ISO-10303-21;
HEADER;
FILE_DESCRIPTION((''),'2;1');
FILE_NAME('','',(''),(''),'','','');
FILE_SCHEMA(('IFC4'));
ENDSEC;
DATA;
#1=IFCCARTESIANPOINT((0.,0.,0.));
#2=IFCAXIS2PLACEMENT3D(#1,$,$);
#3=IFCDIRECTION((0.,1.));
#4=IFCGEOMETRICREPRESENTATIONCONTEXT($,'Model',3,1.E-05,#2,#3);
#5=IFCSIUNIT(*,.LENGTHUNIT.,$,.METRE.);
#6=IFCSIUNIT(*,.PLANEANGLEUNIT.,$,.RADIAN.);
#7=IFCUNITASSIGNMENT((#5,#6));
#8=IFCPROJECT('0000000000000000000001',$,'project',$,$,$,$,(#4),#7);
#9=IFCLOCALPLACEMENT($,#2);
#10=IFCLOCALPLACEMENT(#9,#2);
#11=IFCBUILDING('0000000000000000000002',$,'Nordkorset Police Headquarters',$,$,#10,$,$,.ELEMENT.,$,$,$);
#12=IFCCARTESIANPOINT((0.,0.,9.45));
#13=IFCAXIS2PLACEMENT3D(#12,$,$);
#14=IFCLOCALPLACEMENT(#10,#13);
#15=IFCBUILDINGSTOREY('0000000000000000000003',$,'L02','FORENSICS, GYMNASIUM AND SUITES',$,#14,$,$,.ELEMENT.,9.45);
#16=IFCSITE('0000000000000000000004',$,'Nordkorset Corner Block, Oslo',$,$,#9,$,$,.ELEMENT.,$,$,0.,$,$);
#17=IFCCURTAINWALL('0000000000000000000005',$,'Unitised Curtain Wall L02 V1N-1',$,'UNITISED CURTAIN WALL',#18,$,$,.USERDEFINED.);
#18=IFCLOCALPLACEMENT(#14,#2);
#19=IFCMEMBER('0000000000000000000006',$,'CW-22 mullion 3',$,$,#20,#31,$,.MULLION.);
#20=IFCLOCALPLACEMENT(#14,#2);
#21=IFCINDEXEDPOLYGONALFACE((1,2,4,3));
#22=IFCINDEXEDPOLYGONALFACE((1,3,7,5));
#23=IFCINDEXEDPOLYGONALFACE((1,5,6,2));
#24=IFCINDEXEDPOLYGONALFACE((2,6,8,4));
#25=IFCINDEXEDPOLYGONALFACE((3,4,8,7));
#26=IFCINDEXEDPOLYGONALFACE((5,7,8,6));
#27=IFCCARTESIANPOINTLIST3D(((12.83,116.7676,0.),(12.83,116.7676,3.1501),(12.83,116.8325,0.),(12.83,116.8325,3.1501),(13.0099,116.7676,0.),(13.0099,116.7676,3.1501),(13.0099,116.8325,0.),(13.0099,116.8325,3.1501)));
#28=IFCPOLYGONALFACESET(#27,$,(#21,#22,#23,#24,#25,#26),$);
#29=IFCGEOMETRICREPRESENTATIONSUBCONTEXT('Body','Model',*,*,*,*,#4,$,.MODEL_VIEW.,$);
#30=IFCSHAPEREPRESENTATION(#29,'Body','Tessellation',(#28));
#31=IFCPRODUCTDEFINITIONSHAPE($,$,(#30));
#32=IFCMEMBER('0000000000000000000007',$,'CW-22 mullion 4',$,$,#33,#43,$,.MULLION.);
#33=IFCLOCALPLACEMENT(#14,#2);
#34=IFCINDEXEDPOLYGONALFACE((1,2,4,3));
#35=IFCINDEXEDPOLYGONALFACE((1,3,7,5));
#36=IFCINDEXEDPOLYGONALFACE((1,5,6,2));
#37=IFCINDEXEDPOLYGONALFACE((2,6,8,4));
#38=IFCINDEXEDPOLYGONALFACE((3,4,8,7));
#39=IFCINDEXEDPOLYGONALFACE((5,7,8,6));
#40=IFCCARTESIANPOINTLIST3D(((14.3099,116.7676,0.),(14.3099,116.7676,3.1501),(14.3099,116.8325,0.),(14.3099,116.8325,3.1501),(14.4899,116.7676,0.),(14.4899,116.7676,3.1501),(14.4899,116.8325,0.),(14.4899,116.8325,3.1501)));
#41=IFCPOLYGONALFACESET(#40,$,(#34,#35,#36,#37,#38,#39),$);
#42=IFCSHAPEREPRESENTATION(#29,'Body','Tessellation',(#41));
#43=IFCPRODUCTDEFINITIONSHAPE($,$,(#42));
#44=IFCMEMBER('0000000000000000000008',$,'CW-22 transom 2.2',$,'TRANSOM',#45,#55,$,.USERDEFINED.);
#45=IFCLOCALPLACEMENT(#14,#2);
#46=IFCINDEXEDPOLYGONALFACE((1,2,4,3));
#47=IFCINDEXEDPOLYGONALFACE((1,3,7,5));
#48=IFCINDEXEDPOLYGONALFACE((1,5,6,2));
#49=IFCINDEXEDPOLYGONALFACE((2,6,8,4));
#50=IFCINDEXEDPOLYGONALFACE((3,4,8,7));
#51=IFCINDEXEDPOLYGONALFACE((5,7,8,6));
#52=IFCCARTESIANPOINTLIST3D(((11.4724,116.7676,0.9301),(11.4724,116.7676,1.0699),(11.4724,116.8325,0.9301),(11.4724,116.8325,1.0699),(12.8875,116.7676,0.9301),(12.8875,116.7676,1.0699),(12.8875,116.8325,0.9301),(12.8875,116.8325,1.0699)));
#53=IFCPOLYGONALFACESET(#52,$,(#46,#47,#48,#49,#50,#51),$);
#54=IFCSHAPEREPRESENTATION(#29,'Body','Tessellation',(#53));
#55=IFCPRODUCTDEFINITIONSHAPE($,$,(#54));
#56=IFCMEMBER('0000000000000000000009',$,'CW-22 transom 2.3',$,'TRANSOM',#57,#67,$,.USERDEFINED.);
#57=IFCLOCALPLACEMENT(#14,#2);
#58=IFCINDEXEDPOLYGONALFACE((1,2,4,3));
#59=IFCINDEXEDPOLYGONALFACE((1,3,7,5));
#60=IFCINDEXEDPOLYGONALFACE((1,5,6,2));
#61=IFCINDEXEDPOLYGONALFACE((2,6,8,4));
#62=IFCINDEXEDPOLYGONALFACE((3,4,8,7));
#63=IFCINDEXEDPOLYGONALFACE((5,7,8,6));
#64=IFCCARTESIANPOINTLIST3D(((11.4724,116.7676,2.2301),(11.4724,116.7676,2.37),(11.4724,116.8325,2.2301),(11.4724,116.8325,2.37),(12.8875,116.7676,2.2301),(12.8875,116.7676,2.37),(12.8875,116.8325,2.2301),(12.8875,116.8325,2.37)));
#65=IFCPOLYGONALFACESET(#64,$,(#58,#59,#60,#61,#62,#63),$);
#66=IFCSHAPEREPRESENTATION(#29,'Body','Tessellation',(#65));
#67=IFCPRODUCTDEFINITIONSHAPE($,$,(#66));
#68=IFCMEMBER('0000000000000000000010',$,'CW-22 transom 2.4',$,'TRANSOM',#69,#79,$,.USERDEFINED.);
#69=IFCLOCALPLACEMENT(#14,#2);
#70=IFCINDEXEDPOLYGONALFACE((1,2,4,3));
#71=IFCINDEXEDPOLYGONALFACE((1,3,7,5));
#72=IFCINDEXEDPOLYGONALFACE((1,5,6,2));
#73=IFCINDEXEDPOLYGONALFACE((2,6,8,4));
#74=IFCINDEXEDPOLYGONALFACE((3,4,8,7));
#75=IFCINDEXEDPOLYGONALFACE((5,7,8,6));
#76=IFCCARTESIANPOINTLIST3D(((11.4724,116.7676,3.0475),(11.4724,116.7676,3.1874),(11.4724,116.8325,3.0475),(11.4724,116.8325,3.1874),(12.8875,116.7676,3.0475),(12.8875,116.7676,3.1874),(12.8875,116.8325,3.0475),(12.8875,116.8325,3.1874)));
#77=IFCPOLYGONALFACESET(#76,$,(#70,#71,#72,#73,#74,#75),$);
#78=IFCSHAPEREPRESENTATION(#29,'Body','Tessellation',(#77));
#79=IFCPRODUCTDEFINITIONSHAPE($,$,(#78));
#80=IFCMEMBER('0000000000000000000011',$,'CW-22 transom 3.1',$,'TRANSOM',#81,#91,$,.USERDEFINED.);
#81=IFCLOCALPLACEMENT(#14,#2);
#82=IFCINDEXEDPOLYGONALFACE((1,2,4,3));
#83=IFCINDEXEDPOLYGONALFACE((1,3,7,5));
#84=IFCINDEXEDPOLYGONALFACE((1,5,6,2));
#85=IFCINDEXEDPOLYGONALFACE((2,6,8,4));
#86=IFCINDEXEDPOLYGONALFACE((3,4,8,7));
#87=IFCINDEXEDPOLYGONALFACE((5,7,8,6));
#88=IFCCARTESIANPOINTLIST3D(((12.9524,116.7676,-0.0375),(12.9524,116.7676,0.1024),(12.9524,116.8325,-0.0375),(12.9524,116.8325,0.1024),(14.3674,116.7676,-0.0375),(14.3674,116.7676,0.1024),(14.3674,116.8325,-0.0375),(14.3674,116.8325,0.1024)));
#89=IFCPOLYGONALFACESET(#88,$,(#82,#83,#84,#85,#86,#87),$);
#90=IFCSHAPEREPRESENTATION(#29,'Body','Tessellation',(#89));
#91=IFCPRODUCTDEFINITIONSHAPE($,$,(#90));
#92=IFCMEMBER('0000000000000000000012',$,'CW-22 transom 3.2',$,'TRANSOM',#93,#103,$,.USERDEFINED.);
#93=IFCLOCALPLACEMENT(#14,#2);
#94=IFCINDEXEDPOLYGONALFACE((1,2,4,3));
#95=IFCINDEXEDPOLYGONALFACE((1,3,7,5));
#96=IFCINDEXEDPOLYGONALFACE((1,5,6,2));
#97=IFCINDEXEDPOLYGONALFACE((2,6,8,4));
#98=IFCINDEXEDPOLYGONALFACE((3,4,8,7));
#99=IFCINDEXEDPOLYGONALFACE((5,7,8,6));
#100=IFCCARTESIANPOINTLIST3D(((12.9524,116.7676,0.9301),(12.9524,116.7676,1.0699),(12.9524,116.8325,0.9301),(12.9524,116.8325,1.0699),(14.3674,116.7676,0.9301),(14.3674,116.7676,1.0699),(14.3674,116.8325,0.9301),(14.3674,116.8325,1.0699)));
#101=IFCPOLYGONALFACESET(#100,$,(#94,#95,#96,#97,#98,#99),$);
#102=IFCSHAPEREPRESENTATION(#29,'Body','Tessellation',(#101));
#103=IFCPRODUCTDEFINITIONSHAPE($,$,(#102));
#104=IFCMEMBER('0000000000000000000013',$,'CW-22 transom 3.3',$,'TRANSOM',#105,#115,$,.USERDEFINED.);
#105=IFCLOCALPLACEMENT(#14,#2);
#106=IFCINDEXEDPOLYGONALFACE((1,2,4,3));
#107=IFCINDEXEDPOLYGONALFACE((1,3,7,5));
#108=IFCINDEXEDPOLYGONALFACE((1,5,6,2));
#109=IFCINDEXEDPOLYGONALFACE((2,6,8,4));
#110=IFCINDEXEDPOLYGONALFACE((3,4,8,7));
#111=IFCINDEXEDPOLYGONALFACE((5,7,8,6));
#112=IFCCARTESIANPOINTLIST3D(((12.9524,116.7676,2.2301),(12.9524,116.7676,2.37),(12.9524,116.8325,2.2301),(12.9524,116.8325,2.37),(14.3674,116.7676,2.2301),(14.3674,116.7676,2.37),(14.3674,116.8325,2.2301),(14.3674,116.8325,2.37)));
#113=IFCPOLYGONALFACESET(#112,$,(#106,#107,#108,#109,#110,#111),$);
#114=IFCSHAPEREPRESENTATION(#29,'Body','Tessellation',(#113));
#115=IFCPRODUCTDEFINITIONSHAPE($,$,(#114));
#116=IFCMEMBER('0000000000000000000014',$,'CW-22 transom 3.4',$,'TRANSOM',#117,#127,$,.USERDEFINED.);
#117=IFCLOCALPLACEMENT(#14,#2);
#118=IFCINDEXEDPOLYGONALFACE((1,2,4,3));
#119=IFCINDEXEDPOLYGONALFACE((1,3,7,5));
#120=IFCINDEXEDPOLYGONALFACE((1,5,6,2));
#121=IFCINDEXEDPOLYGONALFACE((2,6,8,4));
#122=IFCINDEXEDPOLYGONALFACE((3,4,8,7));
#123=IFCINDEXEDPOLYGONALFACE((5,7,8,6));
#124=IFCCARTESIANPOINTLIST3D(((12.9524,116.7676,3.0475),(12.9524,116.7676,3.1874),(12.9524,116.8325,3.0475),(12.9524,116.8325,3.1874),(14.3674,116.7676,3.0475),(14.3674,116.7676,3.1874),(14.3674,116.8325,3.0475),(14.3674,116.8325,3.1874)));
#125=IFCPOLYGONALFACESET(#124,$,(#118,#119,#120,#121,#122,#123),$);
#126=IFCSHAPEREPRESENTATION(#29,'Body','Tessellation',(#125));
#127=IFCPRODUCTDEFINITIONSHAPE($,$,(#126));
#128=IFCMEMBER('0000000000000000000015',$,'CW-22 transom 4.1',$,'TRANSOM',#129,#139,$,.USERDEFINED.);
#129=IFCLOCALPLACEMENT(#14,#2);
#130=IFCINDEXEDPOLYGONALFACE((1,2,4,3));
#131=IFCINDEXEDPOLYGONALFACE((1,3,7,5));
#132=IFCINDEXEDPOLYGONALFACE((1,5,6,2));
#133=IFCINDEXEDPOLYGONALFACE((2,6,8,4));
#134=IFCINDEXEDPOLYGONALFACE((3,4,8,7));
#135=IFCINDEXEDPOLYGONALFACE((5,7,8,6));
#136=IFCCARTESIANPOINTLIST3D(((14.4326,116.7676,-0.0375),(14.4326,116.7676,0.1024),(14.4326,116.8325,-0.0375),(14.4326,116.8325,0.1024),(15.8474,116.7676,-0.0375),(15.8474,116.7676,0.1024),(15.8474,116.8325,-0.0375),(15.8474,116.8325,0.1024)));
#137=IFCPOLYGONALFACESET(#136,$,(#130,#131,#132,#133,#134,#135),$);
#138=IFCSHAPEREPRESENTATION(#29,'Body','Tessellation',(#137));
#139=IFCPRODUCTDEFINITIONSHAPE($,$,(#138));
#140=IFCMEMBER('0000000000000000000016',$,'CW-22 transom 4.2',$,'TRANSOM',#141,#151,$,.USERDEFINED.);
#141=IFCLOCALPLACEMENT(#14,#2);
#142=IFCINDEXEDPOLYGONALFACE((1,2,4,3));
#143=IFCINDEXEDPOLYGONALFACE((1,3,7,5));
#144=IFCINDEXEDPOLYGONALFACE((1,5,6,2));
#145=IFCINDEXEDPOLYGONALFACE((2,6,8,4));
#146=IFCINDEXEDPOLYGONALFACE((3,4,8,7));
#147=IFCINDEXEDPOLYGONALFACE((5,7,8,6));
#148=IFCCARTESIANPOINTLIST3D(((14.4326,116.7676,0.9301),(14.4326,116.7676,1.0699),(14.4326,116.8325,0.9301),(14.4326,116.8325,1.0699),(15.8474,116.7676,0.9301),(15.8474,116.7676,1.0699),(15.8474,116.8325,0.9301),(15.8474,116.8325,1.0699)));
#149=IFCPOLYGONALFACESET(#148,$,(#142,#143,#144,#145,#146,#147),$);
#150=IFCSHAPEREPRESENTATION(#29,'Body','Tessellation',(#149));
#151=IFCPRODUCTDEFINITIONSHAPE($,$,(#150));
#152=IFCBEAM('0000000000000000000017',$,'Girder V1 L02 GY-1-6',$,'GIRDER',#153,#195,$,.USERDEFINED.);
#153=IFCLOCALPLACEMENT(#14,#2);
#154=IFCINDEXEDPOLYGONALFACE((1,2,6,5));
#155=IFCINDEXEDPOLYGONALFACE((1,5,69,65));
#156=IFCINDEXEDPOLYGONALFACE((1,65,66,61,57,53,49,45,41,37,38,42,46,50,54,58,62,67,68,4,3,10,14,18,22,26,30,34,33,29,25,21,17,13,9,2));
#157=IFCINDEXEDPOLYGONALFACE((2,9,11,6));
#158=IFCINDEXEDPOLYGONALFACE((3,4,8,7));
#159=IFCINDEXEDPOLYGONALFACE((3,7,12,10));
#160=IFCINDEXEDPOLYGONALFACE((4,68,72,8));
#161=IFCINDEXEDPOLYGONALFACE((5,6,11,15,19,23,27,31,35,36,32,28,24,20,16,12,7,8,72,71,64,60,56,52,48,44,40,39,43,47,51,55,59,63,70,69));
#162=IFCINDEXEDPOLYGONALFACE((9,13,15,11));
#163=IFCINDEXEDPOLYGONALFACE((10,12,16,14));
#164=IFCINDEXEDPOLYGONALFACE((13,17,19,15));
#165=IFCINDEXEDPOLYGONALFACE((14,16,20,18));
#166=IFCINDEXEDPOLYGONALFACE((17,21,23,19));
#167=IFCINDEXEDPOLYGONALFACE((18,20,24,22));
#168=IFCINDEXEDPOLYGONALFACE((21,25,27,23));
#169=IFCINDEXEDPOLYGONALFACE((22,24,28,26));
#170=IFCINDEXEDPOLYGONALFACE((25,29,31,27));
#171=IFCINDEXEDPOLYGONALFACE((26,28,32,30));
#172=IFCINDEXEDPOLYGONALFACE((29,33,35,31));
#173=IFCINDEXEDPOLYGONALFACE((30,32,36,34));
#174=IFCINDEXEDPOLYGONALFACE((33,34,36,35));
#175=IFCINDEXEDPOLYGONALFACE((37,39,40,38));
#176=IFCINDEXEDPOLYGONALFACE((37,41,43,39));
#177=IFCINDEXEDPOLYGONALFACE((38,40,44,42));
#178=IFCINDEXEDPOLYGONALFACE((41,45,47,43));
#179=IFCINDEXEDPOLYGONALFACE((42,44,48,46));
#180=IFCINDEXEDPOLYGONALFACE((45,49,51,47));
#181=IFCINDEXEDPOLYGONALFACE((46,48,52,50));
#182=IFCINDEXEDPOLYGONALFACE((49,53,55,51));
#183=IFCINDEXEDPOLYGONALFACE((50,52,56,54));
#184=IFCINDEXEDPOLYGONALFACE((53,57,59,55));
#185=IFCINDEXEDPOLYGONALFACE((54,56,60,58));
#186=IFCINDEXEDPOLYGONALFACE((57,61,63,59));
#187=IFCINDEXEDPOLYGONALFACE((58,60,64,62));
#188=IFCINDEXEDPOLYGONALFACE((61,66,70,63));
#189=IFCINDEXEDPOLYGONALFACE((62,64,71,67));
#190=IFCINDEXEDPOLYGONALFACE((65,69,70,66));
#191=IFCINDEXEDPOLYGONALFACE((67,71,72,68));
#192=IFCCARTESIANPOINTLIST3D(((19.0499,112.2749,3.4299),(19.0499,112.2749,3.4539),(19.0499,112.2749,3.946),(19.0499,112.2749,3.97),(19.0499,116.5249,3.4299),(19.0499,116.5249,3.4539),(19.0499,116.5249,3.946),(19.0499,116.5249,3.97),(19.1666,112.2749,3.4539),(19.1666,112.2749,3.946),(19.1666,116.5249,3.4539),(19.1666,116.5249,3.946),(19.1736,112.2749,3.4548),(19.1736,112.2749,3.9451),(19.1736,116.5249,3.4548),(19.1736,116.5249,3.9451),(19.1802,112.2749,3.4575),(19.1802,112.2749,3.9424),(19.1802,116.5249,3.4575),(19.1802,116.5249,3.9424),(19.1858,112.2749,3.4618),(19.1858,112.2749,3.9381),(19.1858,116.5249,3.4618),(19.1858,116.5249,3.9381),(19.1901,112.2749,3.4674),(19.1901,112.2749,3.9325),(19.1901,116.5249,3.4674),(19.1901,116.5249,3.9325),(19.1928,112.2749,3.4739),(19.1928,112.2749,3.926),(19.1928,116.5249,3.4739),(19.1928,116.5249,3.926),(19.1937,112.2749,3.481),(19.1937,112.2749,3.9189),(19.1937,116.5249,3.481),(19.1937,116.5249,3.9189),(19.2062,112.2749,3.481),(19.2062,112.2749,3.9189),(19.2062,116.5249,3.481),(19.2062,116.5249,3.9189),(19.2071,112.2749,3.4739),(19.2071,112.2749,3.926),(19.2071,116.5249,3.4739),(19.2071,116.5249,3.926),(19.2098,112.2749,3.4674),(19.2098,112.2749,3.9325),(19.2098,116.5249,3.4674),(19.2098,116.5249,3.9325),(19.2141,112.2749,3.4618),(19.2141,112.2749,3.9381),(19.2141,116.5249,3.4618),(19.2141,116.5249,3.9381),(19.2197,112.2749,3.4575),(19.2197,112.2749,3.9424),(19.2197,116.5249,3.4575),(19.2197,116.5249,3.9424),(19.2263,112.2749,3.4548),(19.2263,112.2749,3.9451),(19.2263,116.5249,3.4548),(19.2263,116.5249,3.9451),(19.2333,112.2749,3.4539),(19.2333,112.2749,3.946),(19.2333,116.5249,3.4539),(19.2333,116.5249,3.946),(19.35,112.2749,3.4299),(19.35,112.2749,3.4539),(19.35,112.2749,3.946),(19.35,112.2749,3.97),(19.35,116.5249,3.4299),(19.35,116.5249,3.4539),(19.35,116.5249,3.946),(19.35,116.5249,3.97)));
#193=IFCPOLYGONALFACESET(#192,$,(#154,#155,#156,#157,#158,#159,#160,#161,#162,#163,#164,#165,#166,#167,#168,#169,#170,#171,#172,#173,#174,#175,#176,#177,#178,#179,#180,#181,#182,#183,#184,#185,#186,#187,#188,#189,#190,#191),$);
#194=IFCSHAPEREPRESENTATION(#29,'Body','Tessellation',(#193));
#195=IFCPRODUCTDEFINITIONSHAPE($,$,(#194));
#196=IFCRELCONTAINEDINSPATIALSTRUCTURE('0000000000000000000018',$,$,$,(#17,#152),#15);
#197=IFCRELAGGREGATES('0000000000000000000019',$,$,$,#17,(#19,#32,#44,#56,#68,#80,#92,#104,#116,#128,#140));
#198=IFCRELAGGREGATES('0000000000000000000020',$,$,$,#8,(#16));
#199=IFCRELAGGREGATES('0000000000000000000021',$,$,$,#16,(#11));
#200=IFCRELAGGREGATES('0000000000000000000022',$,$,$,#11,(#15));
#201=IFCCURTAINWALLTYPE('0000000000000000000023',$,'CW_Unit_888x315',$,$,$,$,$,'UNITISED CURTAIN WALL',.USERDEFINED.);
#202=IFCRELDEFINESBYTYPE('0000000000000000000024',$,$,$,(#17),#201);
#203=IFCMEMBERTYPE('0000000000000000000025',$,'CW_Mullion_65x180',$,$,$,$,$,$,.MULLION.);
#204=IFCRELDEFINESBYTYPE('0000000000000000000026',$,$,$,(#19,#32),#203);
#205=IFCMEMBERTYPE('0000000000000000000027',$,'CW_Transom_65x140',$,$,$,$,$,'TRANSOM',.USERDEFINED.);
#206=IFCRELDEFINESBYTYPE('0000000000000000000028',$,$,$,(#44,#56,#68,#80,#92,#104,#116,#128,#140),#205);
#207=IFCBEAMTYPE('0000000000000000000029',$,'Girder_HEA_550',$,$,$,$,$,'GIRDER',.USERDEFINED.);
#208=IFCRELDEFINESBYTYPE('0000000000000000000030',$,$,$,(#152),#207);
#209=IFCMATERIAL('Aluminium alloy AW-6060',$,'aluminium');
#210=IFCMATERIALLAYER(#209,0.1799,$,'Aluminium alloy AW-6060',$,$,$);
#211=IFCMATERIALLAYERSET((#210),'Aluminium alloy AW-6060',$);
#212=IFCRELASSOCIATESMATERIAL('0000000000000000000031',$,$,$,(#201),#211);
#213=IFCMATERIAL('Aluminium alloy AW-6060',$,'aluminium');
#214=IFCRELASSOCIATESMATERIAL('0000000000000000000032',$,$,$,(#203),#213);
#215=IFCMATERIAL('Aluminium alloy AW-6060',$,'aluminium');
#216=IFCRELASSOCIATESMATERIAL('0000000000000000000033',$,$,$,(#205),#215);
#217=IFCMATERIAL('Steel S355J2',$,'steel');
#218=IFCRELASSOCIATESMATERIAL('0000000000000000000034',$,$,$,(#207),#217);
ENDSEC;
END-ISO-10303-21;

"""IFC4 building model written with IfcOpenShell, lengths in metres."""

from ifc_helpers import new_model, si_unit, direction, frame, origin, origin_2d, place, context, subcontext, project, spatial, rectangle, i_section, extrude, material, layer, layer_set, material_profile, profile_set, type_object, element, aggregate, save


model = new_model("IFC4")

# Units and contexts
model_context = context("Model", 3, precision=1e-05, world=origin(), true_north=direction((0.0, 1.0)))
body_context = subcontext(model_context, "Body", "Model", "MODEL_VIEW")
ifc_project = project(units=[si_unit("LENGTHUNIT", "METRE"), si_unit("PLANEANGLEUNIT", "RADIAN")], contexts=[model_context])

# Site, building, storey
site_placement = place(None, origin())
site = spatial("IfcSite", under=ifc_project, at=site_placement, Name="Nordkorset Corner Block, Oslo", CompositionType="ELEMENT", RefElevation=0.0)
building_placement = place(site_placement, origin())
building = spatial("IfcBuilding", under=site, at=building_placement, Name="Nordkorset Police Headquarters", CompositionType="ELEMENT")
storey_placement = place(building_placement, frame((0.0, 0.0, 9.45)))
storey = spatial("IfcBuildingStorey", under=building, at=storey_placement, Name="L02", Description="FORENSICS, GYMNASIUM AND SUITES", CompositionType="ELEMENT", Elevation=9.45)

# Curtain wall, members
ifc_material_1 = material(Name="Aluminium alloy AW-6060", Category="aluminium")
ifc_layer_1 = layer(ifc_material_1, 0.1799, Name="Aluminium alloy AW-6060")
ifc_layer_set_1 = layer_set([ifc_layer_1], Name="Aluminium alloy AW-6060")
curtain_wall_type = type_object("IfcCurtainWallType", Name="CW_Unit_888x315", ElementType="UNITISED CURTAIN WALL", PredefinedType="USERDEFINED", material=ifc_layer_set_1)
curtain_wall_placement = place(storey_placement, origin())
curtain_wall = element("IfcCurtainWall", 1, at=curtain_wall_placement, inside=storey, type_object=curtain_wall_type, Name="Unitised Curtain Wall L02 V1N-1", ObjectType="UNITISED CURTAIN WALL", PredefinedType="USERDEFINED")
ifc_material_2 = material(Name="Aluminium alloy AW-6060", Category="aluminium")
ifc_material_profile_1 = material_profile(ifc_material_2, rectangle(XDim=0.0649, YDim=0.1799, at=origin_2d()), Name="ALU MULL 65x180")
ifc_profile_set_1 = profile_set([ifc_material_profile_1], Name="Aluminium alloy AW-6060")
member_type_1 = type_object("IfcMemberType", Name="CW_Mullion_65x180", PredefinedType="MULLION", material=ifc_profile_set_1)
member_1_placement = place(storey_placement, frame((12.9199, 116.8, 0.0), z_axis=(0.0, 0.0, 1.0), x_axis=(0.0, 1.0, 0.0)))
member_1 = element("IfcMember", 2, at=member_1_placement, type_object=member_type_1, Name="CW-22 mullion 3", PredefinedType="MULLION", context=body_context, shape_type="SweptSolid", body=[
    extrude(rectangle(XDim=0.0649, YDim=0.1799, at=origin_2d()), origin(), (0.0, 0.0, 1.0), 3.1501),
])
member_2_placement = place(storey_placement, frame((14.3999, 116.8, 0.0), z_axis=(0.0, 0.0, 1.0), x_axis=(0.0, 1.0, 0.0)))
member_2 = element("IfcMember", 3, at=member_2_placement, type_object=member_type_1, Name="CW-22 mullion 4", PredefinedType="MULLION", context=body_context, shape_type="SweptSolid", body=[
    extrude(rectangle(XDim=0.0649, YDim=0.1799, at=origin_2d()), origin(), (0.0, 0.0, 1.0), 3.1501),
])
ifc_material_3 = material(Name="Aluminium alloy AW-6060", Category="aluminium")
ifc_material_profile_2 = material_profile(ifc_material_3, rectangle(XDim=0.0649, YDim=0.1399, at=origin_2d()), Name="ALU TRAN 65x140")
ifc_profile_set_2 = profile_set([ifc_material_profile_2], Name="Aluminium alloy AW-6060")
member_type_2 = type_object("IfcMemberType", Name="CW_Transom_65x140", ElementType="TRANSOM", PredefinedType="USERDEFINED", material=ifc_profile_set_2)
member_3_placement = place(storey_placement, frame((11.4724, 116.8, 1.0), z_axis=(1.0, 0.0, 0.0), x_axis=(0.0, 1.0, 0.0)))
member_3 = element("IfcMember", 4, at=member_3_placement, type_object=member_type_2, Name="CW-22 transom 2.2", ObjectType="TRANSOM", PredefinedType="USERDEFINED", context=body_context, shape_type="SweptSolid", body=[
    extrude(rectangle(XDim=0.0649, YDim=0.1399, at=origin_2d()), origin(), (0.0, 0.0, 1.0), 1.415),
])
member_4_placement = place(storey_placement, frame((11.4724, 116.8, 2.3), z_axis=(1.0, 0.0, 0.0), x_axis=(0.0, 1.0, 0.0)))
member_4 = element("IfcMember", 5, at=member_4_placement, type_object=member_type_2, Name="CW-22 transom 2.3", ObjectType="TRANSOM", PredefinedType="USERDEFINED", context=body_context, shape_type="SweptSolid", body=[
    extrude(rectangle(XDim=0.0649, YDim=0.1399, at=origin_2d()), origin(), (0.0, 0.0, 1.0), 1.415),
])
member_5_placement = place(storey_placement, frame((11.4724, 116.8, 3.1174), z_axis=(1.0, 0.0, 0.0), x_axis=(0.0, 1.0, 0.0)))
member_5 = element("IfcMember", 6, at=member_5_placement, type_object=member_type_2, Name="CW-22 transom 2.4", ObjectType="TRANSOM", PredefinedType="USERDEFINED", context=body_context, shape_type="SweptSolid", body=[
    extrude(rectangle(XDim=0.0649, YDim=0.1399, at=origin_2d()), origin(), (0.0, 0.0, 1.0), 1.415),
])
member_6_placement = place(storey_placement, frame((12.9524, 116.8, 0.0325), z_axis=(1.0, 0.0, 0.0), x_axis=(0.0, 1.0, 0.0)))
member_6 = element("IfcMember", 7, at=member_6_placement, type_object=member_type_2, Name="CW-22 transom 3.1", ObjectType="TRANSOM", PredefinedType="USERDEFINED", context=body_context, shape_type="SweptSolid", body=[
    extrude(rectangle(XDim=0.0649, YDim=0.1399, at=origin_2d()), origin(), (0.0, 0.0, 1.0), 1.415),
])
member_7_placement = place(storey_placement, frame((12.9524, 116.8, 1.0), z_axis=(1.0, 0.0, 0.0), x_axis=(0.0, 1.0, 0.0)))
member_7 = element("IfcMember", 8, at=member_7_placement, type_object=member_type_2, Name="CW-22 transom 3.2", ObjectType="TRANSOM", PredefinedType="USERDEFINED", context=body_context, shape_type="SweptSolid", body=[
    extrude(rectangle(XDim=0.0649, YDim=0.1399, at=origin_2d()), origin(), (0.0, 0.0, 1.0), 1.415),
])
member_8_placement = place(storey_placement, frame((12.9524, 116.8, 2.3), z_axis=(1.0, 0.0, 0.0), x_axis=(0.0, 1.0, 0.0)))
member_8 = element("IfcMember", 9, at=member_8_placement, type_object=member_type_2, Name="CW-22 transom 3.3", ObjectType="TRANSOM", PredefinedType="USERDEFINED", context=body_context, shape_type="SweptSolid", body=[
    extrude(rectangle(XDim=0.0649, YDim=0.1399, at=origin_2d()), origin(), (0.0, 0.0, 1.0), 1.415),
])
member_9_placement = place(storey_placement, frame((12.9524, 116.8, 3.1174), z_axis=(1.0, 0.0, 0.0), x_axis=(0.0, 1.0, 0.0)))
member_9 = element("IfcMember", 10, at=member_9_placement, type_object=member_type_2, Name="CW-22 transom 3.4", ObjectType="TRANSOM", PredefinedType="USERDEFINED", context=body_context, shape_type="SweptSolid", body=[
    extrude(rectangle(XDim=0.0649, YDim=0.1399, at=origin_2d()), origin(), (0.0, 0.0, 1.0), 1.415),
])
member_10_placement = place(storey_placement, frame((14.4326, 116.8, 0.0325), z_axis=(1.0, 0.0, 0.0), x_axis=(0.0, 1.0, 0.0)))
member_10 = element("IfcMember", 11, at=member_10_placement, type_object=member_type_2, Name="CW-22 transom 4.1", ObjectType="TRANSOM", PredefinedType="USERDEFINED", context=body_context, shape_type="SweptSolid", body=[
    extrude(rectangle(XDim=0.0649, YDim=0.1399, at=origin_2d()), origin(), (0.0, 0.0, 1.0), 1.4148),
])
member_11_placement = place(storey_placement, frame((14.4326, 116.8, 1.0), z_axis=(1.0, 0.0, 0.0), x_axis=(0.0, 1.0, 0.0)))
member_11 = element("IfcMember", 12, at=member_11_placement, type_object=member_type_2, Name="CW-22 transom 4.2", ObjectType="TRANSOM", PredefinedType="USERDEFINED", context=body_context, shape_type="SweptSolid", body=[
    extrude(rectangle(XDim=0.0649, YDim=0.1399, at=origin_2d()), origin(), (0.0, 0.0, 1.0), 1.4148),
])

# Beam
ifc_material_4 = material(Name="Steel S355J2", Category="steel")
ifc_material_profile_3 = material_profile(ifc_material_4, i_section(OverallWidth=0.3, OverallDepth=0.54, WebThickness=0.0125, FlangeThickness=0.0239, FilletRadius=0.0271, at=origin_2d()), Name="HEA 550")
ifc_profile_set_3 = profile_set([ifc_material_profile_3], Name="Steel S355J2")
beam_type = type_object("IfcBeamType", Name="Girder_HEA_550", ElementType="GIRDER", PredefinedType="USERDEFINED", material=ifc_profile_set_3)
beam_placement = place(storey_placement, frame((19.2, 112.2749, 3.7), z_axis=(0.0, 1.0, 0.0), x_axis=(-1.0, 0.0, 0.0)))
element("IfcBeam", 13, at=beam_placement, inside=storey, type_object=beam_type, Name="Girder V1 L02 GY-1-6", ObjectType="GIRDER", PredefinedType="USERDEFINED", context=body_context, shape_type="SweptSolid", body=[
    extrude(i_section(OverallWidth=0.3, OverallDepth=0.54, WebThickness=0.0125, FlangeThickness=0.0239, FilletRadius=0.0271, at=origin_2d()), origin(), (0.0, 0.0, 1.0), 4.25),
])

aggregate(curtain_wall, [member_1, member_2, member_3, member_4, member_5, member_6, member_7, member_8, member_9, member_10, member_11])

save(model, "model.ifc")
